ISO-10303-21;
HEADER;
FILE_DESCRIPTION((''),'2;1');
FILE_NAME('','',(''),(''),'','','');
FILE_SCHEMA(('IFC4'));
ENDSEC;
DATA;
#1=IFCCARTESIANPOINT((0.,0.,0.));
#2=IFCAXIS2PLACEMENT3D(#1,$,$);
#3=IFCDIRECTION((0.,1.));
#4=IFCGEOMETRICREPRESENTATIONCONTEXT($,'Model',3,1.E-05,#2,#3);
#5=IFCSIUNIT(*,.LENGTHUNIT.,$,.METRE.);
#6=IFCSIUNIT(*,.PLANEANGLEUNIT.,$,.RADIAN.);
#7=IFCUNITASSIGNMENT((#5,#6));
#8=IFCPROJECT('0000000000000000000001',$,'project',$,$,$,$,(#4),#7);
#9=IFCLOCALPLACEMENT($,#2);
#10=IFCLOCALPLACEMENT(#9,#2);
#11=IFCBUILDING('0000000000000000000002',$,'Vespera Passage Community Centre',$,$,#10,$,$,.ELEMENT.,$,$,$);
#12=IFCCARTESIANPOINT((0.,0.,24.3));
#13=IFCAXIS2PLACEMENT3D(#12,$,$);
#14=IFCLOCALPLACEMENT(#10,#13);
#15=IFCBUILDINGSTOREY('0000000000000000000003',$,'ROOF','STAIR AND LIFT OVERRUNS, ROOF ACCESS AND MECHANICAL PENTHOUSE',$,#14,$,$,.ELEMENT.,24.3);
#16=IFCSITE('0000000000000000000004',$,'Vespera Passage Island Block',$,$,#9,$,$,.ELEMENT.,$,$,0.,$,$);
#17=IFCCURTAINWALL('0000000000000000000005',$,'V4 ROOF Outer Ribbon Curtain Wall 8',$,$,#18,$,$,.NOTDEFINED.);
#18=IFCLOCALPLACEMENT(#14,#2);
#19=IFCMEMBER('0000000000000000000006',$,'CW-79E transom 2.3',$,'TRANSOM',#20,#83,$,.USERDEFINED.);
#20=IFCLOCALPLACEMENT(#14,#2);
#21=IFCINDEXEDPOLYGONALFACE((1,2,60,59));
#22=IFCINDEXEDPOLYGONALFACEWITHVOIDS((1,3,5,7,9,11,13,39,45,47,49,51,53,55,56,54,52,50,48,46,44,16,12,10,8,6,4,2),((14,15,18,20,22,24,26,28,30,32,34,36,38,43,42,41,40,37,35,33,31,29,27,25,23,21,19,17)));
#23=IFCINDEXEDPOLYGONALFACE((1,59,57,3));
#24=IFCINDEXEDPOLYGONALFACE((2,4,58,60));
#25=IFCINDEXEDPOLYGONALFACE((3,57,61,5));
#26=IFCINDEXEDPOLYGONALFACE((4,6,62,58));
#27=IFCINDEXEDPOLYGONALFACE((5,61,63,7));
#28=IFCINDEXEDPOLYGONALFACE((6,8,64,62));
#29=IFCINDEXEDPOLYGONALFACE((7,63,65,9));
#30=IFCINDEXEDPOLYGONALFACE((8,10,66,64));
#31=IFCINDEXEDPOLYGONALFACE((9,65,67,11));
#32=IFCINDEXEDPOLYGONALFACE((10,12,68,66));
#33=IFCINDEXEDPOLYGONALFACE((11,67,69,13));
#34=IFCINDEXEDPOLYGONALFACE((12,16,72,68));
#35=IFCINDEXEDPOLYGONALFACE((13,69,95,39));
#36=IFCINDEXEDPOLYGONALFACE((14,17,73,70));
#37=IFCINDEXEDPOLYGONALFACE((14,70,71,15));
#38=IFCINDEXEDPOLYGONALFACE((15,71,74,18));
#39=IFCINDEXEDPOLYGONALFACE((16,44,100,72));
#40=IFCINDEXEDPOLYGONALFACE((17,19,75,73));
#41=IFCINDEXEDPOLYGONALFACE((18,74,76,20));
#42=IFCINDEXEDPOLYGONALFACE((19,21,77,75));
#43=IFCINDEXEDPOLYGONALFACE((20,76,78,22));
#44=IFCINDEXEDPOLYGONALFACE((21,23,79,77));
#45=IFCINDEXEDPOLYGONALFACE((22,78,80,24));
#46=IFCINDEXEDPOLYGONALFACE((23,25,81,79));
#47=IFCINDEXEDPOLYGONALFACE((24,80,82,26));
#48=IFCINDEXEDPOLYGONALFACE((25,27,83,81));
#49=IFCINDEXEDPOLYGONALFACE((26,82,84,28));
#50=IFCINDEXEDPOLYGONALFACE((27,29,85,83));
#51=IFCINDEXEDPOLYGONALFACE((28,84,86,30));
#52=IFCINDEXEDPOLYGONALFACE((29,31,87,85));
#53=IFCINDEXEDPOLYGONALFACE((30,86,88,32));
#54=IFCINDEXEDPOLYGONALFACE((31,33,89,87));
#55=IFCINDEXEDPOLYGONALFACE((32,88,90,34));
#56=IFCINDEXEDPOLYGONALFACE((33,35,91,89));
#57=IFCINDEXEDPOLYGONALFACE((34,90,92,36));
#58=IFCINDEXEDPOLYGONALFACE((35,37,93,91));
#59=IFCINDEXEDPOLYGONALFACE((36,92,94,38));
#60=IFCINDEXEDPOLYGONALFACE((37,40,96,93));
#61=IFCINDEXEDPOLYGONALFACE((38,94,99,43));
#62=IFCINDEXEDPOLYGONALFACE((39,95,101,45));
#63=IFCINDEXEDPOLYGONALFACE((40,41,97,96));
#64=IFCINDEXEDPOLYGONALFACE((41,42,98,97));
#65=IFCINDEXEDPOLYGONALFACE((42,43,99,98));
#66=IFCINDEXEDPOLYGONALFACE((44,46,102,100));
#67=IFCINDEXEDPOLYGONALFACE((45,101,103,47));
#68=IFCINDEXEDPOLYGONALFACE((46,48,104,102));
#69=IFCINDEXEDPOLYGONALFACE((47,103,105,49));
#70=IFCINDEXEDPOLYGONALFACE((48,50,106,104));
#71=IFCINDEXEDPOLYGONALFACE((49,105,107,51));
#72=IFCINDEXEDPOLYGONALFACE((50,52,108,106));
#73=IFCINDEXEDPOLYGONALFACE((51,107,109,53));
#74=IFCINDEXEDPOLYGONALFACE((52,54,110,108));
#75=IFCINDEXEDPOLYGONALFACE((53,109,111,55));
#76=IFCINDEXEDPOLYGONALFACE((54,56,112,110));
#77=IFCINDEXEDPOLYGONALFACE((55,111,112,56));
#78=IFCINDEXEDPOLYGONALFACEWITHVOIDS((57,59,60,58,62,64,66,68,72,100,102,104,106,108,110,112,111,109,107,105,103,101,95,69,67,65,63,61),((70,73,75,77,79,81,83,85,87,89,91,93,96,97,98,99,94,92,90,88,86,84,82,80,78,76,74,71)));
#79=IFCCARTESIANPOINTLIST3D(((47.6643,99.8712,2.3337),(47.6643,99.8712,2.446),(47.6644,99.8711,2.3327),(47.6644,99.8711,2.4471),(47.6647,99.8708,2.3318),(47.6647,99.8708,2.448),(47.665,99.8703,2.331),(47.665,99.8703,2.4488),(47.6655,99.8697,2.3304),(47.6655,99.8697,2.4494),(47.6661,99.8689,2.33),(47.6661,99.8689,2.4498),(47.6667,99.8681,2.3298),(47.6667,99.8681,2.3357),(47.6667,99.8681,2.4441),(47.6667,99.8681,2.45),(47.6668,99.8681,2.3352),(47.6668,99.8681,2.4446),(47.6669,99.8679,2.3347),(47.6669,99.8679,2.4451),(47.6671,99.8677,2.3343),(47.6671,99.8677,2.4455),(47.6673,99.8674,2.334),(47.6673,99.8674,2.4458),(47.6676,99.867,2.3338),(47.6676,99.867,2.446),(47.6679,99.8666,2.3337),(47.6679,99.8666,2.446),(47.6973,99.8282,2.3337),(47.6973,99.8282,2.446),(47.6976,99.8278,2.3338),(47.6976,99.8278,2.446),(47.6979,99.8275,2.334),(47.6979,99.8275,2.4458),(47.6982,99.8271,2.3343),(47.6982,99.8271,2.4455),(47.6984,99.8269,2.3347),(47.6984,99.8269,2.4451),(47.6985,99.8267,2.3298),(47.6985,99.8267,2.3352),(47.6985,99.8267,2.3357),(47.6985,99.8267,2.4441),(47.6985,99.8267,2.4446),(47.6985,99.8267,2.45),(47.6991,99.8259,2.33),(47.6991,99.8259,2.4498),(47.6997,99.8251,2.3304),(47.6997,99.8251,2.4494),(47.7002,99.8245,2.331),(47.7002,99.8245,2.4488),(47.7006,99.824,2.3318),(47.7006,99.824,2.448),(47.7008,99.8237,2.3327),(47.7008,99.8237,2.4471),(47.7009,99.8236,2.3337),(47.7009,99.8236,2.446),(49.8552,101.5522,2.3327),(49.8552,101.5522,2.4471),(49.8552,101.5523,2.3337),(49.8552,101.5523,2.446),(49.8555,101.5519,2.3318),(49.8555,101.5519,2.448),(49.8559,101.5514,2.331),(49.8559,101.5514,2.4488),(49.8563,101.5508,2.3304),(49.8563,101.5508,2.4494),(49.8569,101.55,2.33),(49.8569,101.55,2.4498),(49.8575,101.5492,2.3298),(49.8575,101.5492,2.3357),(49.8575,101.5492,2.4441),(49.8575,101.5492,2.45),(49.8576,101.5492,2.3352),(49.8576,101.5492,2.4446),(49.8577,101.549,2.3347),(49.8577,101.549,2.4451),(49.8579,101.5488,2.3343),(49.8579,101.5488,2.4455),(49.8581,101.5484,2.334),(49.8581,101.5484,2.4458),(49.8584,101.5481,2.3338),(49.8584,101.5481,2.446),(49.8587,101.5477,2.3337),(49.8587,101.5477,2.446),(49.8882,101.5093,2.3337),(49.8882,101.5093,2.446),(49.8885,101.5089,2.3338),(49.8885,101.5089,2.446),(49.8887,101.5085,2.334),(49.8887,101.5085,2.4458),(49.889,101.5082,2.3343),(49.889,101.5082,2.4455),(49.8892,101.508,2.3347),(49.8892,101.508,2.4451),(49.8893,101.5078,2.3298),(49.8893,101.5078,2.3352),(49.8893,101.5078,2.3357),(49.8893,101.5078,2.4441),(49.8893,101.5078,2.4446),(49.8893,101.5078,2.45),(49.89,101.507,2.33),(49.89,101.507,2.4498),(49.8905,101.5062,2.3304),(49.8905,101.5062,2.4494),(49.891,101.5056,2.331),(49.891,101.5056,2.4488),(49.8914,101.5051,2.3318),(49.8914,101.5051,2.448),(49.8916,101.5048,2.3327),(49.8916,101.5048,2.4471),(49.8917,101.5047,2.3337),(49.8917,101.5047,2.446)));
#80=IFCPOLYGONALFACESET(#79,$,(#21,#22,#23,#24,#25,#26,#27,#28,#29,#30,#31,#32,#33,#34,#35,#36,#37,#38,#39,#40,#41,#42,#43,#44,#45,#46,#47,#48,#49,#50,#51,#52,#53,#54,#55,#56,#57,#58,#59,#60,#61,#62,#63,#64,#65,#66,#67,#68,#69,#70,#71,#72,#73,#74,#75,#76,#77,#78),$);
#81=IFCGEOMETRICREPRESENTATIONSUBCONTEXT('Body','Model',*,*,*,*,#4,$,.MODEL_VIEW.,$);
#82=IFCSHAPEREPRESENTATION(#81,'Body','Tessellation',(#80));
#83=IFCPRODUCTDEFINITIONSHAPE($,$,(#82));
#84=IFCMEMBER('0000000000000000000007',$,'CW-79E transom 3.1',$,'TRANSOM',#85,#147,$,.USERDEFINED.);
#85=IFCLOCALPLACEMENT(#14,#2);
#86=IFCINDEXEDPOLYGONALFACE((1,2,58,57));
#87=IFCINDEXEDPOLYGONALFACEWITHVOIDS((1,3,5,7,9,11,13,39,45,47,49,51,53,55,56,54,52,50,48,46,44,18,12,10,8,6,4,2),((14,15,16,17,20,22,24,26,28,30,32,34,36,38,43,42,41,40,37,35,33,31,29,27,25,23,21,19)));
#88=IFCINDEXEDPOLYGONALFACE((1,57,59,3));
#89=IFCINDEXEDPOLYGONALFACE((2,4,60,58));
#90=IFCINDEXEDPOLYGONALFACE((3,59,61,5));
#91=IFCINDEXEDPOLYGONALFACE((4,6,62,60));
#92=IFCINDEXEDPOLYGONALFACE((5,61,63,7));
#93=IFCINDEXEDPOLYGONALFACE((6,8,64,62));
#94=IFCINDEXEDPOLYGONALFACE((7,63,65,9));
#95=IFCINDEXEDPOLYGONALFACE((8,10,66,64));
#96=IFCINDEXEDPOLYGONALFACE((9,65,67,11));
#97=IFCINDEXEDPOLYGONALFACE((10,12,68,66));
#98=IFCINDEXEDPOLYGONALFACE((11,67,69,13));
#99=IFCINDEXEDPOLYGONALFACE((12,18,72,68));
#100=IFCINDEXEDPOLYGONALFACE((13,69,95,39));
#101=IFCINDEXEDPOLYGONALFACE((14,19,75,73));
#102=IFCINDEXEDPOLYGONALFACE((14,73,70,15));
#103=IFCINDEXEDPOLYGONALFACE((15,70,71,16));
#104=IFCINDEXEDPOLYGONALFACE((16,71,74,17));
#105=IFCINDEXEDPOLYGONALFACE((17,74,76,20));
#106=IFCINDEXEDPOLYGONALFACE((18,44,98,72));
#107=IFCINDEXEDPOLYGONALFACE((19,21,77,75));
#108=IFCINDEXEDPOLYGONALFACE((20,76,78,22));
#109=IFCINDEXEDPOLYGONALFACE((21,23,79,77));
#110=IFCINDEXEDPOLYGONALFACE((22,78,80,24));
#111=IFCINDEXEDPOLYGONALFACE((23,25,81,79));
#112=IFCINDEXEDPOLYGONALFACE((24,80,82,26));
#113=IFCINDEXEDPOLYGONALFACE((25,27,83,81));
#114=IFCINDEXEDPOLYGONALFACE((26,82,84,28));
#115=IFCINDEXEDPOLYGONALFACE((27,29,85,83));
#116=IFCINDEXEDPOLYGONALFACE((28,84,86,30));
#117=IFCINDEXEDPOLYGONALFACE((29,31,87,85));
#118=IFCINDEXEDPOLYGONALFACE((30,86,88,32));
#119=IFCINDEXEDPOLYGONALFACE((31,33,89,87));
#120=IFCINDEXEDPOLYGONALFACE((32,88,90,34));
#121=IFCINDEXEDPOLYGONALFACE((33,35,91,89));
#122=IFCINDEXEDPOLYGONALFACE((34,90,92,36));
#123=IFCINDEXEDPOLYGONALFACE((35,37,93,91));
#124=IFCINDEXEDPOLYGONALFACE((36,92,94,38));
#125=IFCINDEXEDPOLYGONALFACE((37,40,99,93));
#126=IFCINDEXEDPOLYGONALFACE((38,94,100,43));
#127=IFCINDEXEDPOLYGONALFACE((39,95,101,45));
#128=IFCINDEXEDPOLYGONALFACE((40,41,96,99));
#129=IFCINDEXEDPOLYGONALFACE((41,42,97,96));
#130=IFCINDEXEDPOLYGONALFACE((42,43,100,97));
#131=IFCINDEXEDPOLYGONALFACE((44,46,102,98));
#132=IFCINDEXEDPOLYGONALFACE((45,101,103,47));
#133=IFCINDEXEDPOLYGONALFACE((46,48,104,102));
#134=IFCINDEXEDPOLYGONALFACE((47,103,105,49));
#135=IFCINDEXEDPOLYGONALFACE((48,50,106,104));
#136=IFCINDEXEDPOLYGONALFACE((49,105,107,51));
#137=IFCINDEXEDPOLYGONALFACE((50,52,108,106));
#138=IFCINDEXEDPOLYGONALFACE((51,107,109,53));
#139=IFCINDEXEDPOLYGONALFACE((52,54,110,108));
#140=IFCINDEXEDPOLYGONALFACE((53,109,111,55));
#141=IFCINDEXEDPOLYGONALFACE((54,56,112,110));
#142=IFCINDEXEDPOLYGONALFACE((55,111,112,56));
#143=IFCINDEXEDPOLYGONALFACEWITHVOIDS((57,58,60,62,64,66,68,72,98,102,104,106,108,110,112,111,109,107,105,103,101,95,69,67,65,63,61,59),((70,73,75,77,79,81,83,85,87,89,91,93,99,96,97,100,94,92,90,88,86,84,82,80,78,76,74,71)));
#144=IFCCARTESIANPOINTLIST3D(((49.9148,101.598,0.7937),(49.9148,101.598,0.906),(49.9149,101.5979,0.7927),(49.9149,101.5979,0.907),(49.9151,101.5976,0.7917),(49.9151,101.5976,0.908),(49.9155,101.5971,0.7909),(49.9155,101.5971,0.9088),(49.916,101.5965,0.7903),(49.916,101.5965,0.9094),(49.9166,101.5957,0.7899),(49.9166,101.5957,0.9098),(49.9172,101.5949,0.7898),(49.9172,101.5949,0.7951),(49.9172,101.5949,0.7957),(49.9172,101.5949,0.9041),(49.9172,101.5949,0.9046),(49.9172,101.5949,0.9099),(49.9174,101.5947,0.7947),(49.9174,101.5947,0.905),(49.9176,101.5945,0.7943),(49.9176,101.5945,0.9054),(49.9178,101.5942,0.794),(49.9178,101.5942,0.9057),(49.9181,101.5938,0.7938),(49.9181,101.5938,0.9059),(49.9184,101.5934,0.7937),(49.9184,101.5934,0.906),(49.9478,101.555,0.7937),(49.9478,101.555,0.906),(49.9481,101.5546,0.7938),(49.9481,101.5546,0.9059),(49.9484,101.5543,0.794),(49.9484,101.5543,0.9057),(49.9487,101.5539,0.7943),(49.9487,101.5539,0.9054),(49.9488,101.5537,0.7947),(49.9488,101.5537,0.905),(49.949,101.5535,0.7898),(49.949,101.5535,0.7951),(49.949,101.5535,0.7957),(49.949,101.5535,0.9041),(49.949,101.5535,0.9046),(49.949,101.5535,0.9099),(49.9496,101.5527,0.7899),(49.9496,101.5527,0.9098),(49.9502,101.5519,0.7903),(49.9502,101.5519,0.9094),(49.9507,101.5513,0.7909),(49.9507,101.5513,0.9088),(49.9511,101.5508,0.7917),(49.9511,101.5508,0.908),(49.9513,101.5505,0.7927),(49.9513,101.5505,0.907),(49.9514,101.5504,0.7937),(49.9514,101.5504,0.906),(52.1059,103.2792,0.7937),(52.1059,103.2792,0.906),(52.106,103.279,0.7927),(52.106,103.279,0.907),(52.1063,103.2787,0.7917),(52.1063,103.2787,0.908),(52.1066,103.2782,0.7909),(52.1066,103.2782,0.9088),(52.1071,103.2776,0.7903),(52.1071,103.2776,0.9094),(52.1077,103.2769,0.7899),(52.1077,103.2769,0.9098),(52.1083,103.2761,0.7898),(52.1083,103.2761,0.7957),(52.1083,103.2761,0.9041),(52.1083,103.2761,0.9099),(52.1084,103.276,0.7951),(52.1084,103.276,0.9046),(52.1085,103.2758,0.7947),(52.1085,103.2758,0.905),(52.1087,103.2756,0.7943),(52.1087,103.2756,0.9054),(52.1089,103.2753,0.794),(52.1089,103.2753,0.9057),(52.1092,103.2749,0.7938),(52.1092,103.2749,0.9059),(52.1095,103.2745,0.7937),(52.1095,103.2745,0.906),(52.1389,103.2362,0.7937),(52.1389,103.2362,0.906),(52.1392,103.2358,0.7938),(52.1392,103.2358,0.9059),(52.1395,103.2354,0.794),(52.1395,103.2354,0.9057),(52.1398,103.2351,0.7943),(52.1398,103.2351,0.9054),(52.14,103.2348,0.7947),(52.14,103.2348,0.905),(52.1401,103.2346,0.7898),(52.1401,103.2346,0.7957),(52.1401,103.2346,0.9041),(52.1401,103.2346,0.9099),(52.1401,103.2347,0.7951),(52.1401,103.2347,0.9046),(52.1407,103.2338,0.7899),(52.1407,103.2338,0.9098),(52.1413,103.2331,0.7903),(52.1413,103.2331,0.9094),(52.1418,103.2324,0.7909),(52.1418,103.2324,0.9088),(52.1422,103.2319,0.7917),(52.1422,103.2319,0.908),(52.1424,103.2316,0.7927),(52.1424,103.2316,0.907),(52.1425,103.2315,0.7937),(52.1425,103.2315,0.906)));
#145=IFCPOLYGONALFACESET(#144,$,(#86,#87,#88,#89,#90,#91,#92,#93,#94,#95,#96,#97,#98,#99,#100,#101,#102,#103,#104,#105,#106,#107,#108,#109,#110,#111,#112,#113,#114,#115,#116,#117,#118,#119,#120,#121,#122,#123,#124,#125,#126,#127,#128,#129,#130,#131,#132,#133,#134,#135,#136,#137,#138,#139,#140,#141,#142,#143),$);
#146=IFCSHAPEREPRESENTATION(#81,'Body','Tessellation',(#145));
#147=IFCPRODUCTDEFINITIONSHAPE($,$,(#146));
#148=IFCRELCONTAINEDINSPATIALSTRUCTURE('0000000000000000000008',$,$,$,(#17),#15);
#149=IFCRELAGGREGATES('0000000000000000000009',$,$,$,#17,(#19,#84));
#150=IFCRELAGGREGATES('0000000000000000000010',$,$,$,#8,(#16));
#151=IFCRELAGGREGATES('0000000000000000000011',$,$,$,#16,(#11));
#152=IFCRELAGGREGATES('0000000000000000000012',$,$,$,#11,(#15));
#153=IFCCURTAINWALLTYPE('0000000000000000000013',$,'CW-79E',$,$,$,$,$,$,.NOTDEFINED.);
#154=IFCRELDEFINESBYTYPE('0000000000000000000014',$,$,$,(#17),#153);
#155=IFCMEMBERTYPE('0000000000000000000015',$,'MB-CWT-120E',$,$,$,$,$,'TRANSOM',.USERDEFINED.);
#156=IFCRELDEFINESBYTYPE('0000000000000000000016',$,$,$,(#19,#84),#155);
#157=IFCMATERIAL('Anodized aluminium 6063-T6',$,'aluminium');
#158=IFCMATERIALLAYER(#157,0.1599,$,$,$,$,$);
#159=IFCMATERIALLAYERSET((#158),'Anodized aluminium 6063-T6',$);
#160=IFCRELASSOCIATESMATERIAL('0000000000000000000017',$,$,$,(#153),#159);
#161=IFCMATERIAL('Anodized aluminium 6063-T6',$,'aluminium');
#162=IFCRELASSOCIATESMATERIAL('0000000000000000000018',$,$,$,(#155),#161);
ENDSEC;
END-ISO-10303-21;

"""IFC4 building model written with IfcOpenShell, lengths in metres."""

from ifc_helpers import new_model, si_unit, direction, frame, origin, origin_2d, place, context, subcontext, project, spatial, hollow_rectangle, extrude, material, layer, layer_set, material_profile, profile_set, type_object, element, aggregate, save


model = new_model("IFC4")

# Units and contexts
model_context = context("Model", 3, precision=1e-05, world=origin(), true_north=direction((0.0, 1.0)))
body_context = subcontext(model_context, "Body", "Model", "MODEL_VIEW")
ifc_project = project(units=[si_unit("LENGTHUNIT", "METRE"), si_unit("PLANEANGLEUNIT", "RADIAN")], contexts=[model_context])

# Site, building, storey
site_placement = place(None, origin())
site = spatial("IfcSite", under=ifc_project, at=site_placement, Name="Vespera Passage Island Block", CompositionType="ELEMENT", RefElevation=0.0)
building_placement = place(site_placement, origin())
building = spatial("IfcBuilding", under=site, at=building_placement, Name="Vespera Passage Community Centre", CompositionType="ELEMENT")
storey_placement = place(building_placement, frame((0.0, 0.0, 24.3)))
storey = spatial("IfcBuildingStorey", under=building, at=storey_placement, Name="ROOF", Description="STAIR AND LIFT OVERRUNS, ROOF ACCESS AND MECHANICAL PENTHOUSE", CompositionType="ELEMENT", Elevation=24.3)

# Curtain wall
ifc_material_1 = material(Name="Anodized aluminium 6063-T6", Category="aluminium")
ifc_layer_1 = layer(ifc_material_1, 0.1599)
ifc_layer_set_1 = layer_set([ifc_layer_1], Name="Anodized aluminium 6063-T6")
curtain_wall_type_1 = type_object("IfcCurtainWallType", Name="CW-79E", PredefinedType="NOTDEFINED", material=ifc_layer_set_1)
curtain_wall_1_placement = place(storey_placement, origin())
curtain_wall_1 = element("IfcCurtainWall", 1, at=curtain_wall_1_placement, inside=storey, type_object=curtain_wall_type_1, Name="V4 ROOF Outer Ribbon Curtain Wall 8", PredefinedType="NOTDEFINED")

# Members
ifc_material_2 = material(Name="Anodized aluminium 6063-T6", Category="aluminium")
ifc_material_profile_1 = material_profile(ifc_material_2, hollow_rectangle(XDim=0.0601, YDim=0.1201, WallThickness=0.0039, InnerFilletRadius=0.002, OuterFilletRadius=0.0039, at=origin_2d()), Name="ALU120X60X4")
ifc_profile_set_1 = profile_set([ifc_material_profile_1], Name="Anodized aluminium 6063-T6")
member_type_1 = type_object("IfcMemberType", Name="MB-CWT-120E", ElementType="TRANSOM", PredefinedType="USERDEFINED", material=ifc_profile_set_1)
member_1_placement = place(storey_placement, frame((47.6826, 99.8474, 2.3899), z_axis=(0.793353, 0.608762, 0.0), x_axis=(-0.608762, 0.793353, 0.0)))
member_1 = element("IfcMember", 2, at=member_1_placement, type_object=member_type_1, Name="CW-79E transom 2.3", ObjectType="TRANSOM", PredefinedType="USERDEFINED", context=body_context, shape_type="SweptSolid", body=[
    extrude(hollow_rectangle(XDim=0.0601, YDim=0.1201, WallThickness=0.0039, InnerFilletRadius=0.002, OuterFilletRadius=0.0039, at=origin_2d()), origin(), (0.0, 0.0, 1.0), 2.7615),
])
member_2_placement = place(storey_placement, frame((49.9331, 101.5742, 0.8499), z_axis=(0.793386, 0.608719, 0.0), x_axis=(-0.608719, 0.793386, 0.0)))
member_2 = element("IfcMember", 3, at=member_2_placement, type_object=member_type_1, Name="CW-79E transom 3.1", ObjectType="TRANSOM", PredefinedType="USERDEFINED", context=body_context, shape_type="SweptSolid", body=[
    extrude(hollow_rectangle(XDim=0.0601, YDim=0.1201, WallThickness=0.0039, InnerFilletRadius=0.002, OuterFilletRadius=0.0039, at=origin_2d()), origin(), (0.0, 0.0, 1.0), 2.7617),
])

aggregate(curtain_wall_1, [member_1, member_2])

save(model, "model.ifc")
